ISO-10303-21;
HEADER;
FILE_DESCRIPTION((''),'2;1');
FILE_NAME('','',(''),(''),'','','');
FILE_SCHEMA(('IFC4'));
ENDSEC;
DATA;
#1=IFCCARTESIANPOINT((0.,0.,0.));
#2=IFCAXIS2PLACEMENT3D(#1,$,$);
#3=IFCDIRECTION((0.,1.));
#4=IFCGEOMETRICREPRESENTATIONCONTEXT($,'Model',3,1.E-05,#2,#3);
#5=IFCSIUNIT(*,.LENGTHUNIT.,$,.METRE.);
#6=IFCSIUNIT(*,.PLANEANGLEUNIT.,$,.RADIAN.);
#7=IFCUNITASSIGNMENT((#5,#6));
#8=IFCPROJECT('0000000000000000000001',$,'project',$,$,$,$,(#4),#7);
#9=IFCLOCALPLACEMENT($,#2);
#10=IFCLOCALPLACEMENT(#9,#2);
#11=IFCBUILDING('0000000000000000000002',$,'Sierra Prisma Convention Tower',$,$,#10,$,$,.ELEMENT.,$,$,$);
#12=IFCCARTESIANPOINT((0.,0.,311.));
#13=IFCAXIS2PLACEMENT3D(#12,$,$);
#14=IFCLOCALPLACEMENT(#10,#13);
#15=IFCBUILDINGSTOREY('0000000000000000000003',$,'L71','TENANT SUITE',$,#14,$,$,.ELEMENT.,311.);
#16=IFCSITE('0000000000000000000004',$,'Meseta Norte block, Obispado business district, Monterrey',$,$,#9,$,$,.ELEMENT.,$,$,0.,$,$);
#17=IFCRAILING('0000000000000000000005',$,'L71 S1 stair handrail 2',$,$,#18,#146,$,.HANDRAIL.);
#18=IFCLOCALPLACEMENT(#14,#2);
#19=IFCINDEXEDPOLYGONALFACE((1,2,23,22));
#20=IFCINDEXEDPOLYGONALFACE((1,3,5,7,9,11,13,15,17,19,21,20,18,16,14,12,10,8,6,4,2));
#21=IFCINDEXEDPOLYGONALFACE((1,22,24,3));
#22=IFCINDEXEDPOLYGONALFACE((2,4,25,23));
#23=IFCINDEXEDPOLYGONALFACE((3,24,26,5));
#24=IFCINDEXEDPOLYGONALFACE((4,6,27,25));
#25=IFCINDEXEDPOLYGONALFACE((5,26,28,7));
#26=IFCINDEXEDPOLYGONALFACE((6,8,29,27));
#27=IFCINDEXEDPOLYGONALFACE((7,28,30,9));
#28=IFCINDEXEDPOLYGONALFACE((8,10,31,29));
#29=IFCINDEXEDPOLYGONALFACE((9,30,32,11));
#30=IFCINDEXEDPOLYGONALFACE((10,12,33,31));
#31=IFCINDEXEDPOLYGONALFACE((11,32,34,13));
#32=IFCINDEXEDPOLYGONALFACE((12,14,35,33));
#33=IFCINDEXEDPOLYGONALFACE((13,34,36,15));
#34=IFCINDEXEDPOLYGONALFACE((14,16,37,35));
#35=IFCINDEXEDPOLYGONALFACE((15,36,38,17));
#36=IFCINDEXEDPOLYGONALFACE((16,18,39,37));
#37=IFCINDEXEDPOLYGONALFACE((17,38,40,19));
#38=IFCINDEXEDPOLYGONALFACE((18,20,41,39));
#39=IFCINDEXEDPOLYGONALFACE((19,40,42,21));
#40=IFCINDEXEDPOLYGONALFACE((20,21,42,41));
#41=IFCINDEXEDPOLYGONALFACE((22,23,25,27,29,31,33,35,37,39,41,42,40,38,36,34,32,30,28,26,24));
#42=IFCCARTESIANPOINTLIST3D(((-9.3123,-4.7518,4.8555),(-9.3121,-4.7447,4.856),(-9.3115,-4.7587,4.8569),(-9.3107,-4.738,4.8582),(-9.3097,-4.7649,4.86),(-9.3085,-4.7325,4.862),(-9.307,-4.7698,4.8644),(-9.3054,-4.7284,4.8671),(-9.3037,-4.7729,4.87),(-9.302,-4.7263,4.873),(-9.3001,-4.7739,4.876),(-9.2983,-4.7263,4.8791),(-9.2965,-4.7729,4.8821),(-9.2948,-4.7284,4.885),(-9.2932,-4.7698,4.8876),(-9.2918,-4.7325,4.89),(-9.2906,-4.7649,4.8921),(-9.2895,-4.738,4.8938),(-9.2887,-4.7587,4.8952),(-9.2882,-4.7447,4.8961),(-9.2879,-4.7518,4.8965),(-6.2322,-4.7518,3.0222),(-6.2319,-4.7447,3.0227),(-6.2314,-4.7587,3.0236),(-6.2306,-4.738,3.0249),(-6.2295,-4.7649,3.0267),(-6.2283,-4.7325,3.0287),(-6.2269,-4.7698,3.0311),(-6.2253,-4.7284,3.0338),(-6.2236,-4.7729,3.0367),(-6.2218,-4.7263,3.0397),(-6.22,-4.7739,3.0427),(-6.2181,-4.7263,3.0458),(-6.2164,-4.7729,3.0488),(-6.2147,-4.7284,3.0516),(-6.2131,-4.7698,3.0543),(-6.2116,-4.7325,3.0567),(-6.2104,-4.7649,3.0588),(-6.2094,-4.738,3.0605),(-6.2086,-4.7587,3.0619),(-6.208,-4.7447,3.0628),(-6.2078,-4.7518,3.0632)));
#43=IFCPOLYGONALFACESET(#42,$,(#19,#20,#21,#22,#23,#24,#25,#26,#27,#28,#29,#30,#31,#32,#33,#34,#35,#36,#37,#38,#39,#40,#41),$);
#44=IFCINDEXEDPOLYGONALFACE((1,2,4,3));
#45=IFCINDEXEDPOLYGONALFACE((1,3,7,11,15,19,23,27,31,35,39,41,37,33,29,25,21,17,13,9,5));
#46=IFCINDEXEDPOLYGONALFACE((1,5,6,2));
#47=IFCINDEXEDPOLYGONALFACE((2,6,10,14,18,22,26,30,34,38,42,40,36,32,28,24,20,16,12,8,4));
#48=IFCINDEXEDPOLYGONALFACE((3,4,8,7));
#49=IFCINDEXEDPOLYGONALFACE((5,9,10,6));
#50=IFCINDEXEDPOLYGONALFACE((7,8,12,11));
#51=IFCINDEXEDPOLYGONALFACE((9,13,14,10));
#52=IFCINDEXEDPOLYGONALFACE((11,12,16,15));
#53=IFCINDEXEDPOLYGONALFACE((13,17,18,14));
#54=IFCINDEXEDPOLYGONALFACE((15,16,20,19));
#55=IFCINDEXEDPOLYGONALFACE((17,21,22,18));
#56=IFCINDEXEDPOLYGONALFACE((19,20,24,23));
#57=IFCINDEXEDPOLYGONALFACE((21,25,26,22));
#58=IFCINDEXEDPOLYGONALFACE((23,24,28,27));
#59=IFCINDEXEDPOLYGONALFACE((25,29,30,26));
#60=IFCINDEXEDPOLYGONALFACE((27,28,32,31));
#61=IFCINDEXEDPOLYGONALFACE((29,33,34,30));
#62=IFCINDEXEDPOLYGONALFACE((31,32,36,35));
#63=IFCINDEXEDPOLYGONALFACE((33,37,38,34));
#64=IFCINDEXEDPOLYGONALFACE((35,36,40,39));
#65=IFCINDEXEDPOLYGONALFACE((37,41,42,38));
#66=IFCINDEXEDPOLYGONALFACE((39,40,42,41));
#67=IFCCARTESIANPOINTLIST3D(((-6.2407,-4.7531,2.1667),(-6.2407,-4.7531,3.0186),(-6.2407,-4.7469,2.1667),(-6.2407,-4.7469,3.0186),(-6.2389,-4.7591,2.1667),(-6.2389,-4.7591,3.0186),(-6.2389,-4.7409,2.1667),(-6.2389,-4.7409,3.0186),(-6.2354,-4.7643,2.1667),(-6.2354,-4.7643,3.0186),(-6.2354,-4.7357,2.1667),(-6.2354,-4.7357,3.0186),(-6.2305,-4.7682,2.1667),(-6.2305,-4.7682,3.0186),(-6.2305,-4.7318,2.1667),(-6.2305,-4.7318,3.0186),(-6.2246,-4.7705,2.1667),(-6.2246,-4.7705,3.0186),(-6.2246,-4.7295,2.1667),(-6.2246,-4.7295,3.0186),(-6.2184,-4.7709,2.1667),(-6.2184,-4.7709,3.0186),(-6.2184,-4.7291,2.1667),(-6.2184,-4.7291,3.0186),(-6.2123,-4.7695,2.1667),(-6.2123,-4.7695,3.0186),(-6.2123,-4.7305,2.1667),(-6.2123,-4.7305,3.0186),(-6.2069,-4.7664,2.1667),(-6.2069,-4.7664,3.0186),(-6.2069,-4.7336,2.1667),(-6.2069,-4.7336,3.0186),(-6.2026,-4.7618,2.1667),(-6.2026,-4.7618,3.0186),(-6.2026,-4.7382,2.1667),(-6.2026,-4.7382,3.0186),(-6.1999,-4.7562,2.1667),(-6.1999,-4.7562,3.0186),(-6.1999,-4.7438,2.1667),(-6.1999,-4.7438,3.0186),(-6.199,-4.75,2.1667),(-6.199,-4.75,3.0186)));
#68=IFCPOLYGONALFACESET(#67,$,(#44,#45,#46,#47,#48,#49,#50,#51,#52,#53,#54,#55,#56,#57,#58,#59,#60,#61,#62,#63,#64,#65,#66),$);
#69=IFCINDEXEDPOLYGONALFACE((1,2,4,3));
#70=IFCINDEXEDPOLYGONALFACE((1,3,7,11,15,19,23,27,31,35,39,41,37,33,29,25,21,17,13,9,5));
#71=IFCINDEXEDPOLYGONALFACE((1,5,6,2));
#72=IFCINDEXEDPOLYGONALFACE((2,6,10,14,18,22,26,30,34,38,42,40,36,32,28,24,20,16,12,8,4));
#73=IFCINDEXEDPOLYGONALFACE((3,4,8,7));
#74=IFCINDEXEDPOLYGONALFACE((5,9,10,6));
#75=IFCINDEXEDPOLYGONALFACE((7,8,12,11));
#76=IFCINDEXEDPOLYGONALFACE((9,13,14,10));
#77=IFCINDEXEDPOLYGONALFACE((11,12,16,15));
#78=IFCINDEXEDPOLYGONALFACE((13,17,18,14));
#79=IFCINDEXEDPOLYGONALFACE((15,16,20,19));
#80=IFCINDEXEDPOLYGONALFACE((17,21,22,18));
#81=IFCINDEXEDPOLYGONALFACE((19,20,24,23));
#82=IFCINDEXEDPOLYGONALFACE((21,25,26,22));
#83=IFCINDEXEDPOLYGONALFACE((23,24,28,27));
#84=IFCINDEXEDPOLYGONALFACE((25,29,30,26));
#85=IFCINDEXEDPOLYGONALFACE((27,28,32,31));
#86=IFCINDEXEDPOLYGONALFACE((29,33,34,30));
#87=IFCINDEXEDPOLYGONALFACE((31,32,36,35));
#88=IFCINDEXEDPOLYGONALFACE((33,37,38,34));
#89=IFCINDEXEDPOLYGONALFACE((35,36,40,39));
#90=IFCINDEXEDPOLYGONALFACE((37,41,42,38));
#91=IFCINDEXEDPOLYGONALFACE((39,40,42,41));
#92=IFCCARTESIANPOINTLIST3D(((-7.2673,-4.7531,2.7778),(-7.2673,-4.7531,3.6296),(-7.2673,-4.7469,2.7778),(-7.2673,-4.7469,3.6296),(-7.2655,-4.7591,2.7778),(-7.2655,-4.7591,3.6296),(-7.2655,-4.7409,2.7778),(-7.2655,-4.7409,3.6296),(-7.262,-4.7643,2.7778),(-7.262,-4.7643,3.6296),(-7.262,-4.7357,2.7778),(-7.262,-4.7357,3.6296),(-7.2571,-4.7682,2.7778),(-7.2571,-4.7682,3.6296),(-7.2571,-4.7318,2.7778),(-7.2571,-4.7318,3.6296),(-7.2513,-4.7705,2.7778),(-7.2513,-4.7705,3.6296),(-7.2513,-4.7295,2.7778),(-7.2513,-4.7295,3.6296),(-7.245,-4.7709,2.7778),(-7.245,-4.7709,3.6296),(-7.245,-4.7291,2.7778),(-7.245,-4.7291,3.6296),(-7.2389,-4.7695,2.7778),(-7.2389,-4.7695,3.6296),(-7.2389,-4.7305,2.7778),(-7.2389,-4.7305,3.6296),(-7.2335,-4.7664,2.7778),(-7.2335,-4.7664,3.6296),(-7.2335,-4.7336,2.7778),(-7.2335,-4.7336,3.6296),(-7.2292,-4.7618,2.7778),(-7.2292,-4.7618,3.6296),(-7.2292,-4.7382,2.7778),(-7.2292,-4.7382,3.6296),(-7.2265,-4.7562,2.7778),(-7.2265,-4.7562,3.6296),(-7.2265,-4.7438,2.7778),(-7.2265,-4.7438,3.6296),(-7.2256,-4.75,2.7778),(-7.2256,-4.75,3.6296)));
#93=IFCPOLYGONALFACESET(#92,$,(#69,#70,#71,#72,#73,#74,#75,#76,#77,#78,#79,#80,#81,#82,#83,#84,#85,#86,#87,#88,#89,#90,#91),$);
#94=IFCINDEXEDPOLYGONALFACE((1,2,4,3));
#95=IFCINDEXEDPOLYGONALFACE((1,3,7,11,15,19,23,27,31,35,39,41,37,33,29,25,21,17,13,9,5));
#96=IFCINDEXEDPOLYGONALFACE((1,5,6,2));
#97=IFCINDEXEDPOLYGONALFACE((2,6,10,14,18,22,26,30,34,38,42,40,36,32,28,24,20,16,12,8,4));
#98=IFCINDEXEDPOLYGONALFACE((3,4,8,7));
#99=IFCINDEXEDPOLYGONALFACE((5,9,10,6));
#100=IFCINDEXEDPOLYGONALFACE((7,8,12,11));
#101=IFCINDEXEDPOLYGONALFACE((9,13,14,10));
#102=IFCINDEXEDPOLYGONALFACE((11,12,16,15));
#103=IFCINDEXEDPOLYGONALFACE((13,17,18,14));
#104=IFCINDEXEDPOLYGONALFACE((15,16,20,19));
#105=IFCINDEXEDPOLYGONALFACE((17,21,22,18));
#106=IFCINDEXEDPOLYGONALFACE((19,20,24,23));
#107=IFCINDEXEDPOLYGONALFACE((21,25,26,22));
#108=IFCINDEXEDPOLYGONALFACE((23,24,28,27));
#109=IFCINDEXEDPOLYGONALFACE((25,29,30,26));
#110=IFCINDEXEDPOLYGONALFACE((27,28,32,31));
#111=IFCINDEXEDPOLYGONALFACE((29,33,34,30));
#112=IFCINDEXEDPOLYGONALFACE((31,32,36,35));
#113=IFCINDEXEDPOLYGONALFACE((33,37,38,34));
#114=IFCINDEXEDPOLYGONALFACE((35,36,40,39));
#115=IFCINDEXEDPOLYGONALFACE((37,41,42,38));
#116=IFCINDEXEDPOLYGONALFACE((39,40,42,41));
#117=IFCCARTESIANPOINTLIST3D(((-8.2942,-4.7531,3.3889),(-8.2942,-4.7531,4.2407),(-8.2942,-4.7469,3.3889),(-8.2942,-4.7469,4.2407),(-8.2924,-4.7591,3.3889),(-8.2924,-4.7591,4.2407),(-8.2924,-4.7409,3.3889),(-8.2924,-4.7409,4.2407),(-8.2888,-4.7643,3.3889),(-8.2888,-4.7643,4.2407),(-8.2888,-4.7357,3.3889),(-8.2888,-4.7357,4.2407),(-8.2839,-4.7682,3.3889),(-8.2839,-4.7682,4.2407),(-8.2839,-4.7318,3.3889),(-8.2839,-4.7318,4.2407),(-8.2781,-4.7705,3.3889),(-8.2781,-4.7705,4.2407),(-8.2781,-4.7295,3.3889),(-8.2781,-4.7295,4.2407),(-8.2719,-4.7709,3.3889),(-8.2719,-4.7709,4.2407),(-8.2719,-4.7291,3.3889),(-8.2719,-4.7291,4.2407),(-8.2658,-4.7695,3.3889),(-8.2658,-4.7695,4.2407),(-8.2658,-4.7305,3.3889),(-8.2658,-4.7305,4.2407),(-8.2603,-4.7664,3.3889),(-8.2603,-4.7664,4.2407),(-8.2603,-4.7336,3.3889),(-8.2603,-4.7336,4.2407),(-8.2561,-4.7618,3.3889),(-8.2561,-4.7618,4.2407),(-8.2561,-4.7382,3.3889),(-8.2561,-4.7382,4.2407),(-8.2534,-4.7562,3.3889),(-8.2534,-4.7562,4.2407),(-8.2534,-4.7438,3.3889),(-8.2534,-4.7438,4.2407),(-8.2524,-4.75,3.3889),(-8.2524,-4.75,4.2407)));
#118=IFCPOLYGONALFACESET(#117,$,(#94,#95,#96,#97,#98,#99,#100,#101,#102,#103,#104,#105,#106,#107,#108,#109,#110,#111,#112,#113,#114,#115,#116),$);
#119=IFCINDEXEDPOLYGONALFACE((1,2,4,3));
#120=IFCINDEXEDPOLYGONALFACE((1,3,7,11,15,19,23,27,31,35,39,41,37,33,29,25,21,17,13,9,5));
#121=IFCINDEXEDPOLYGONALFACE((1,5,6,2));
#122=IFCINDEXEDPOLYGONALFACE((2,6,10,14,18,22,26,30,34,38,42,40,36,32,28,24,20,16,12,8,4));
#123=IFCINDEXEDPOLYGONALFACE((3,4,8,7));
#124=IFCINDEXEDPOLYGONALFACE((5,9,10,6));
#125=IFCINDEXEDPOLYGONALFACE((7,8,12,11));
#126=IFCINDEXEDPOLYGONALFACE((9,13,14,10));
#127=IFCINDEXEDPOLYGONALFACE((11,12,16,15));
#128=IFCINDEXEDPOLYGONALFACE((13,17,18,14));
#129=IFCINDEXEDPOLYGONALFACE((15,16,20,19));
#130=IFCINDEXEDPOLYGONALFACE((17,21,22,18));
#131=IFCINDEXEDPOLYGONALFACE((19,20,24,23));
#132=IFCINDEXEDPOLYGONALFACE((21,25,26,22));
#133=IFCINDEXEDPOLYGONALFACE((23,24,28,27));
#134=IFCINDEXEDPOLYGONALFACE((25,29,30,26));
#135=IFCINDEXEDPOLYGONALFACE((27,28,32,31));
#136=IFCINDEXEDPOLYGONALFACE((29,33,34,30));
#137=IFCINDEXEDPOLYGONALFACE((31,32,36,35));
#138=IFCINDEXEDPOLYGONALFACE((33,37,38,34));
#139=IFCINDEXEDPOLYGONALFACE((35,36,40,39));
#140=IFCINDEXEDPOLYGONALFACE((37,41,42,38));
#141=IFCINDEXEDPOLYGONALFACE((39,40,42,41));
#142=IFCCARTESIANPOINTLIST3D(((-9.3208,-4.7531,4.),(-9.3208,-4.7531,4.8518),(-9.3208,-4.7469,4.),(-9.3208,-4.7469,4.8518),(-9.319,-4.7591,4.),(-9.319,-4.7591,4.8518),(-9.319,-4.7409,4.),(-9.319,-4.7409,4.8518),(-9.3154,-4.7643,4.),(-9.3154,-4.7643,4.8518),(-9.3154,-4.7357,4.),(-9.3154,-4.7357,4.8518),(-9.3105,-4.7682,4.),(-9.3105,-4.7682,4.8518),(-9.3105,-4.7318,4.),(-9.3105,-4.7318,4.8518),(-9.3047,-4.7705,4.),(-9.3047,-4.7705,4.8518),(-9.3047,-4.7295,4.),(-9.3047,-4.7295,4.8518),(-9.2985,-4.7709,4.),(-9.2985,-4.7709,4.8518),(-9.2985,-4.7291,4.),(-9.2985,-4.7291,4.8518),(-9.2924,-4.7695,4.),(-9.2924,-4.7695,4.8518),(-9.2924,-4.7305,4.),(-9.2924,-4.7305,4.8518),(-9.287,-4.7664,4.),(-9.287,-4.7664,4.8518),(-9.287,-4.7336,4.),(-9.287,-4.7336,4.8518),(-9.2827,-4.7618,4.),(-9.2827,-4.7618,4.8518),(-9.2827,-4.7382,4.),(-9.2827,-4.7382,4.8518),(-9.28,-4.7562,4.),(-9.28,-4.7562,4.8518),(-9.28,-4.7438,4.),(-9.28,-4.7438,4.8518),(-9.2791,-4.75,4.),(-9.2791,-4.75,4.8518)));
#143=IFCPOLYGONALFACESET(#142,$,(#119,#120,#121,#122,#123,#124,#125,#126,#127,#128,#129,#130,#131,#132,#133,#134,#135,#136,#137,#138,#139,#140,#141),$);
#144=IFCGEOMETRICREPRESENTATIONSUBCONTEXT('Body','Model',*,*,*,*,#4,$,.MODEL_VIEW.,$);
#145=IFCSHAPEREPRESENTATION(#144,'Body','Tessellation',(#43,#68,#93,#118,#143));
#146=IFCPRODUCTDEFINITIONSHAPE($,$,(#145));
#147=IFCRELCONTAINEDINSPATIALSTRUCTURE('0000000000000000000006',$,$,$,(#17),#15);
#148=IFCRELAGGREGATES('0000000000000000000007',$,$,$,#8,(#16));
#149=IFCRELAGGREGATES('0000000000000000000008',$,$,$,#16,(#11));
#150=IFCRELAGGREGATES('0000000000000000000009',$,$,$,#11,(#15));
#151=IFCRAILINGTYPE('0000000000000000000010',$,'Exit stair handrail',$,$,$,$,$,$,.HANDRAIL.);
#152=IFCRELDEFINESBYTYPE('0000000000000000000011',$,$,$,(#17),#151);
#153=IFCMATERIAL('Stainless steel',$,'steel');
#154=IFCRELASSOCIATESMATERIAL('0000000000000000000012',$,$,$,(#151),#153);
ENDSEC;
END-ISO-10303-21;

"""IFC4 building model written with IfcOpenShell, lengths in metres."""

from ifc_helpers import new_model, si_unit, direction, frame, origin, origin_2d, place, context, subcontext, project, spatial, circle, extrude, material, type_object, element, save


model = new_model("IFC4")

# Units and contexts
model_context = context("Model", 3, precision=1e-05, world=origin(), true_north=direction((0.0, 1.0)))
body_context = subcontext(model_context, "Body", "Model", "MODEL_VIEW")
ifc_project = project(units=[si_unit("LENGTHUNIT", "METRE"), si_unit("PLANEANGLEUNIT", "RADIAN")], contexts=[model_context])

# Site, building, storey
site_placement = place(None, origin())
site = spatial("IfcSite", under=ifc_project, at=site_placement, Name="Meseta Norte block, Obispado business district, Monterrey", CompositionType="ELEMENT", RefElevation=0.0)
building_placement = place(site_placement, origin())
building = spatial("IfcBuilding", under=site, at=building_placement, Name="Sierra Prisma Convention Tower", CompositionType="ELEMENT")
storey_placement = place(building_placement, frame((0.0, 0.0, 311.0)))
storey = spatial("IfcBuildingStorey", under=building, at=storey_placement, Name="L71", Description="TENANT SUITE", CompositionType="ELEMENT", Elevation=311.0)

# Railing
ifc_material_1 = material(Name="Stainless steel", Category="steel")
railing_type_1 = type_object("IfcRailingType", Name="Exit stair handrail", PredefinedType="HANDRAIL", material=ifc_material_1)
railing_1_placement = place(storey_placement, frame((-6.22, -4.75, 2.1667)))
element("IfcRailing", 1, at=railing_1_placement, inside=storey, type_object=railing_type_1, Name="L71 S1 stair handrail 2", PredefinedType="HANDRAIL", context=body_context, shape_type="SweptSolid", body=[
    extrude(circle(Radius=0.0239, at=origin_2d()), frame((0.0, 0.0, 0.876), z_axis=(-0.859309, 0.0, 0.511458), x_axis=(0.0, -1.0, 0.0)), (0.0, 0.0, 1.0), 3.5845),
    extrude(circle(Radius=0.021, at=origin_2d()), origin(), (0.0, 0.0, 1.0), 0.8518),
    extrude(circle(Radius=0.021, at=origin_2d()), frame((-1.0266, 0.0, 0.6111)), (0.0, 0.0, 1.0), 0.8518),
    extrude(circle(Radius=0.021, at=origin_2d()), frame((-2.0535, 0.0, 1.2222)), (0.0, 0.0, 1.0), 0.8518),
    extrude(circle(Radius=0.021, at=origin_2d()), frame((-3.0801, 0.0, 1.8333)), (0.0, 0.0, 1.0), 0.8518),
])

save(model, "model.ifc")
